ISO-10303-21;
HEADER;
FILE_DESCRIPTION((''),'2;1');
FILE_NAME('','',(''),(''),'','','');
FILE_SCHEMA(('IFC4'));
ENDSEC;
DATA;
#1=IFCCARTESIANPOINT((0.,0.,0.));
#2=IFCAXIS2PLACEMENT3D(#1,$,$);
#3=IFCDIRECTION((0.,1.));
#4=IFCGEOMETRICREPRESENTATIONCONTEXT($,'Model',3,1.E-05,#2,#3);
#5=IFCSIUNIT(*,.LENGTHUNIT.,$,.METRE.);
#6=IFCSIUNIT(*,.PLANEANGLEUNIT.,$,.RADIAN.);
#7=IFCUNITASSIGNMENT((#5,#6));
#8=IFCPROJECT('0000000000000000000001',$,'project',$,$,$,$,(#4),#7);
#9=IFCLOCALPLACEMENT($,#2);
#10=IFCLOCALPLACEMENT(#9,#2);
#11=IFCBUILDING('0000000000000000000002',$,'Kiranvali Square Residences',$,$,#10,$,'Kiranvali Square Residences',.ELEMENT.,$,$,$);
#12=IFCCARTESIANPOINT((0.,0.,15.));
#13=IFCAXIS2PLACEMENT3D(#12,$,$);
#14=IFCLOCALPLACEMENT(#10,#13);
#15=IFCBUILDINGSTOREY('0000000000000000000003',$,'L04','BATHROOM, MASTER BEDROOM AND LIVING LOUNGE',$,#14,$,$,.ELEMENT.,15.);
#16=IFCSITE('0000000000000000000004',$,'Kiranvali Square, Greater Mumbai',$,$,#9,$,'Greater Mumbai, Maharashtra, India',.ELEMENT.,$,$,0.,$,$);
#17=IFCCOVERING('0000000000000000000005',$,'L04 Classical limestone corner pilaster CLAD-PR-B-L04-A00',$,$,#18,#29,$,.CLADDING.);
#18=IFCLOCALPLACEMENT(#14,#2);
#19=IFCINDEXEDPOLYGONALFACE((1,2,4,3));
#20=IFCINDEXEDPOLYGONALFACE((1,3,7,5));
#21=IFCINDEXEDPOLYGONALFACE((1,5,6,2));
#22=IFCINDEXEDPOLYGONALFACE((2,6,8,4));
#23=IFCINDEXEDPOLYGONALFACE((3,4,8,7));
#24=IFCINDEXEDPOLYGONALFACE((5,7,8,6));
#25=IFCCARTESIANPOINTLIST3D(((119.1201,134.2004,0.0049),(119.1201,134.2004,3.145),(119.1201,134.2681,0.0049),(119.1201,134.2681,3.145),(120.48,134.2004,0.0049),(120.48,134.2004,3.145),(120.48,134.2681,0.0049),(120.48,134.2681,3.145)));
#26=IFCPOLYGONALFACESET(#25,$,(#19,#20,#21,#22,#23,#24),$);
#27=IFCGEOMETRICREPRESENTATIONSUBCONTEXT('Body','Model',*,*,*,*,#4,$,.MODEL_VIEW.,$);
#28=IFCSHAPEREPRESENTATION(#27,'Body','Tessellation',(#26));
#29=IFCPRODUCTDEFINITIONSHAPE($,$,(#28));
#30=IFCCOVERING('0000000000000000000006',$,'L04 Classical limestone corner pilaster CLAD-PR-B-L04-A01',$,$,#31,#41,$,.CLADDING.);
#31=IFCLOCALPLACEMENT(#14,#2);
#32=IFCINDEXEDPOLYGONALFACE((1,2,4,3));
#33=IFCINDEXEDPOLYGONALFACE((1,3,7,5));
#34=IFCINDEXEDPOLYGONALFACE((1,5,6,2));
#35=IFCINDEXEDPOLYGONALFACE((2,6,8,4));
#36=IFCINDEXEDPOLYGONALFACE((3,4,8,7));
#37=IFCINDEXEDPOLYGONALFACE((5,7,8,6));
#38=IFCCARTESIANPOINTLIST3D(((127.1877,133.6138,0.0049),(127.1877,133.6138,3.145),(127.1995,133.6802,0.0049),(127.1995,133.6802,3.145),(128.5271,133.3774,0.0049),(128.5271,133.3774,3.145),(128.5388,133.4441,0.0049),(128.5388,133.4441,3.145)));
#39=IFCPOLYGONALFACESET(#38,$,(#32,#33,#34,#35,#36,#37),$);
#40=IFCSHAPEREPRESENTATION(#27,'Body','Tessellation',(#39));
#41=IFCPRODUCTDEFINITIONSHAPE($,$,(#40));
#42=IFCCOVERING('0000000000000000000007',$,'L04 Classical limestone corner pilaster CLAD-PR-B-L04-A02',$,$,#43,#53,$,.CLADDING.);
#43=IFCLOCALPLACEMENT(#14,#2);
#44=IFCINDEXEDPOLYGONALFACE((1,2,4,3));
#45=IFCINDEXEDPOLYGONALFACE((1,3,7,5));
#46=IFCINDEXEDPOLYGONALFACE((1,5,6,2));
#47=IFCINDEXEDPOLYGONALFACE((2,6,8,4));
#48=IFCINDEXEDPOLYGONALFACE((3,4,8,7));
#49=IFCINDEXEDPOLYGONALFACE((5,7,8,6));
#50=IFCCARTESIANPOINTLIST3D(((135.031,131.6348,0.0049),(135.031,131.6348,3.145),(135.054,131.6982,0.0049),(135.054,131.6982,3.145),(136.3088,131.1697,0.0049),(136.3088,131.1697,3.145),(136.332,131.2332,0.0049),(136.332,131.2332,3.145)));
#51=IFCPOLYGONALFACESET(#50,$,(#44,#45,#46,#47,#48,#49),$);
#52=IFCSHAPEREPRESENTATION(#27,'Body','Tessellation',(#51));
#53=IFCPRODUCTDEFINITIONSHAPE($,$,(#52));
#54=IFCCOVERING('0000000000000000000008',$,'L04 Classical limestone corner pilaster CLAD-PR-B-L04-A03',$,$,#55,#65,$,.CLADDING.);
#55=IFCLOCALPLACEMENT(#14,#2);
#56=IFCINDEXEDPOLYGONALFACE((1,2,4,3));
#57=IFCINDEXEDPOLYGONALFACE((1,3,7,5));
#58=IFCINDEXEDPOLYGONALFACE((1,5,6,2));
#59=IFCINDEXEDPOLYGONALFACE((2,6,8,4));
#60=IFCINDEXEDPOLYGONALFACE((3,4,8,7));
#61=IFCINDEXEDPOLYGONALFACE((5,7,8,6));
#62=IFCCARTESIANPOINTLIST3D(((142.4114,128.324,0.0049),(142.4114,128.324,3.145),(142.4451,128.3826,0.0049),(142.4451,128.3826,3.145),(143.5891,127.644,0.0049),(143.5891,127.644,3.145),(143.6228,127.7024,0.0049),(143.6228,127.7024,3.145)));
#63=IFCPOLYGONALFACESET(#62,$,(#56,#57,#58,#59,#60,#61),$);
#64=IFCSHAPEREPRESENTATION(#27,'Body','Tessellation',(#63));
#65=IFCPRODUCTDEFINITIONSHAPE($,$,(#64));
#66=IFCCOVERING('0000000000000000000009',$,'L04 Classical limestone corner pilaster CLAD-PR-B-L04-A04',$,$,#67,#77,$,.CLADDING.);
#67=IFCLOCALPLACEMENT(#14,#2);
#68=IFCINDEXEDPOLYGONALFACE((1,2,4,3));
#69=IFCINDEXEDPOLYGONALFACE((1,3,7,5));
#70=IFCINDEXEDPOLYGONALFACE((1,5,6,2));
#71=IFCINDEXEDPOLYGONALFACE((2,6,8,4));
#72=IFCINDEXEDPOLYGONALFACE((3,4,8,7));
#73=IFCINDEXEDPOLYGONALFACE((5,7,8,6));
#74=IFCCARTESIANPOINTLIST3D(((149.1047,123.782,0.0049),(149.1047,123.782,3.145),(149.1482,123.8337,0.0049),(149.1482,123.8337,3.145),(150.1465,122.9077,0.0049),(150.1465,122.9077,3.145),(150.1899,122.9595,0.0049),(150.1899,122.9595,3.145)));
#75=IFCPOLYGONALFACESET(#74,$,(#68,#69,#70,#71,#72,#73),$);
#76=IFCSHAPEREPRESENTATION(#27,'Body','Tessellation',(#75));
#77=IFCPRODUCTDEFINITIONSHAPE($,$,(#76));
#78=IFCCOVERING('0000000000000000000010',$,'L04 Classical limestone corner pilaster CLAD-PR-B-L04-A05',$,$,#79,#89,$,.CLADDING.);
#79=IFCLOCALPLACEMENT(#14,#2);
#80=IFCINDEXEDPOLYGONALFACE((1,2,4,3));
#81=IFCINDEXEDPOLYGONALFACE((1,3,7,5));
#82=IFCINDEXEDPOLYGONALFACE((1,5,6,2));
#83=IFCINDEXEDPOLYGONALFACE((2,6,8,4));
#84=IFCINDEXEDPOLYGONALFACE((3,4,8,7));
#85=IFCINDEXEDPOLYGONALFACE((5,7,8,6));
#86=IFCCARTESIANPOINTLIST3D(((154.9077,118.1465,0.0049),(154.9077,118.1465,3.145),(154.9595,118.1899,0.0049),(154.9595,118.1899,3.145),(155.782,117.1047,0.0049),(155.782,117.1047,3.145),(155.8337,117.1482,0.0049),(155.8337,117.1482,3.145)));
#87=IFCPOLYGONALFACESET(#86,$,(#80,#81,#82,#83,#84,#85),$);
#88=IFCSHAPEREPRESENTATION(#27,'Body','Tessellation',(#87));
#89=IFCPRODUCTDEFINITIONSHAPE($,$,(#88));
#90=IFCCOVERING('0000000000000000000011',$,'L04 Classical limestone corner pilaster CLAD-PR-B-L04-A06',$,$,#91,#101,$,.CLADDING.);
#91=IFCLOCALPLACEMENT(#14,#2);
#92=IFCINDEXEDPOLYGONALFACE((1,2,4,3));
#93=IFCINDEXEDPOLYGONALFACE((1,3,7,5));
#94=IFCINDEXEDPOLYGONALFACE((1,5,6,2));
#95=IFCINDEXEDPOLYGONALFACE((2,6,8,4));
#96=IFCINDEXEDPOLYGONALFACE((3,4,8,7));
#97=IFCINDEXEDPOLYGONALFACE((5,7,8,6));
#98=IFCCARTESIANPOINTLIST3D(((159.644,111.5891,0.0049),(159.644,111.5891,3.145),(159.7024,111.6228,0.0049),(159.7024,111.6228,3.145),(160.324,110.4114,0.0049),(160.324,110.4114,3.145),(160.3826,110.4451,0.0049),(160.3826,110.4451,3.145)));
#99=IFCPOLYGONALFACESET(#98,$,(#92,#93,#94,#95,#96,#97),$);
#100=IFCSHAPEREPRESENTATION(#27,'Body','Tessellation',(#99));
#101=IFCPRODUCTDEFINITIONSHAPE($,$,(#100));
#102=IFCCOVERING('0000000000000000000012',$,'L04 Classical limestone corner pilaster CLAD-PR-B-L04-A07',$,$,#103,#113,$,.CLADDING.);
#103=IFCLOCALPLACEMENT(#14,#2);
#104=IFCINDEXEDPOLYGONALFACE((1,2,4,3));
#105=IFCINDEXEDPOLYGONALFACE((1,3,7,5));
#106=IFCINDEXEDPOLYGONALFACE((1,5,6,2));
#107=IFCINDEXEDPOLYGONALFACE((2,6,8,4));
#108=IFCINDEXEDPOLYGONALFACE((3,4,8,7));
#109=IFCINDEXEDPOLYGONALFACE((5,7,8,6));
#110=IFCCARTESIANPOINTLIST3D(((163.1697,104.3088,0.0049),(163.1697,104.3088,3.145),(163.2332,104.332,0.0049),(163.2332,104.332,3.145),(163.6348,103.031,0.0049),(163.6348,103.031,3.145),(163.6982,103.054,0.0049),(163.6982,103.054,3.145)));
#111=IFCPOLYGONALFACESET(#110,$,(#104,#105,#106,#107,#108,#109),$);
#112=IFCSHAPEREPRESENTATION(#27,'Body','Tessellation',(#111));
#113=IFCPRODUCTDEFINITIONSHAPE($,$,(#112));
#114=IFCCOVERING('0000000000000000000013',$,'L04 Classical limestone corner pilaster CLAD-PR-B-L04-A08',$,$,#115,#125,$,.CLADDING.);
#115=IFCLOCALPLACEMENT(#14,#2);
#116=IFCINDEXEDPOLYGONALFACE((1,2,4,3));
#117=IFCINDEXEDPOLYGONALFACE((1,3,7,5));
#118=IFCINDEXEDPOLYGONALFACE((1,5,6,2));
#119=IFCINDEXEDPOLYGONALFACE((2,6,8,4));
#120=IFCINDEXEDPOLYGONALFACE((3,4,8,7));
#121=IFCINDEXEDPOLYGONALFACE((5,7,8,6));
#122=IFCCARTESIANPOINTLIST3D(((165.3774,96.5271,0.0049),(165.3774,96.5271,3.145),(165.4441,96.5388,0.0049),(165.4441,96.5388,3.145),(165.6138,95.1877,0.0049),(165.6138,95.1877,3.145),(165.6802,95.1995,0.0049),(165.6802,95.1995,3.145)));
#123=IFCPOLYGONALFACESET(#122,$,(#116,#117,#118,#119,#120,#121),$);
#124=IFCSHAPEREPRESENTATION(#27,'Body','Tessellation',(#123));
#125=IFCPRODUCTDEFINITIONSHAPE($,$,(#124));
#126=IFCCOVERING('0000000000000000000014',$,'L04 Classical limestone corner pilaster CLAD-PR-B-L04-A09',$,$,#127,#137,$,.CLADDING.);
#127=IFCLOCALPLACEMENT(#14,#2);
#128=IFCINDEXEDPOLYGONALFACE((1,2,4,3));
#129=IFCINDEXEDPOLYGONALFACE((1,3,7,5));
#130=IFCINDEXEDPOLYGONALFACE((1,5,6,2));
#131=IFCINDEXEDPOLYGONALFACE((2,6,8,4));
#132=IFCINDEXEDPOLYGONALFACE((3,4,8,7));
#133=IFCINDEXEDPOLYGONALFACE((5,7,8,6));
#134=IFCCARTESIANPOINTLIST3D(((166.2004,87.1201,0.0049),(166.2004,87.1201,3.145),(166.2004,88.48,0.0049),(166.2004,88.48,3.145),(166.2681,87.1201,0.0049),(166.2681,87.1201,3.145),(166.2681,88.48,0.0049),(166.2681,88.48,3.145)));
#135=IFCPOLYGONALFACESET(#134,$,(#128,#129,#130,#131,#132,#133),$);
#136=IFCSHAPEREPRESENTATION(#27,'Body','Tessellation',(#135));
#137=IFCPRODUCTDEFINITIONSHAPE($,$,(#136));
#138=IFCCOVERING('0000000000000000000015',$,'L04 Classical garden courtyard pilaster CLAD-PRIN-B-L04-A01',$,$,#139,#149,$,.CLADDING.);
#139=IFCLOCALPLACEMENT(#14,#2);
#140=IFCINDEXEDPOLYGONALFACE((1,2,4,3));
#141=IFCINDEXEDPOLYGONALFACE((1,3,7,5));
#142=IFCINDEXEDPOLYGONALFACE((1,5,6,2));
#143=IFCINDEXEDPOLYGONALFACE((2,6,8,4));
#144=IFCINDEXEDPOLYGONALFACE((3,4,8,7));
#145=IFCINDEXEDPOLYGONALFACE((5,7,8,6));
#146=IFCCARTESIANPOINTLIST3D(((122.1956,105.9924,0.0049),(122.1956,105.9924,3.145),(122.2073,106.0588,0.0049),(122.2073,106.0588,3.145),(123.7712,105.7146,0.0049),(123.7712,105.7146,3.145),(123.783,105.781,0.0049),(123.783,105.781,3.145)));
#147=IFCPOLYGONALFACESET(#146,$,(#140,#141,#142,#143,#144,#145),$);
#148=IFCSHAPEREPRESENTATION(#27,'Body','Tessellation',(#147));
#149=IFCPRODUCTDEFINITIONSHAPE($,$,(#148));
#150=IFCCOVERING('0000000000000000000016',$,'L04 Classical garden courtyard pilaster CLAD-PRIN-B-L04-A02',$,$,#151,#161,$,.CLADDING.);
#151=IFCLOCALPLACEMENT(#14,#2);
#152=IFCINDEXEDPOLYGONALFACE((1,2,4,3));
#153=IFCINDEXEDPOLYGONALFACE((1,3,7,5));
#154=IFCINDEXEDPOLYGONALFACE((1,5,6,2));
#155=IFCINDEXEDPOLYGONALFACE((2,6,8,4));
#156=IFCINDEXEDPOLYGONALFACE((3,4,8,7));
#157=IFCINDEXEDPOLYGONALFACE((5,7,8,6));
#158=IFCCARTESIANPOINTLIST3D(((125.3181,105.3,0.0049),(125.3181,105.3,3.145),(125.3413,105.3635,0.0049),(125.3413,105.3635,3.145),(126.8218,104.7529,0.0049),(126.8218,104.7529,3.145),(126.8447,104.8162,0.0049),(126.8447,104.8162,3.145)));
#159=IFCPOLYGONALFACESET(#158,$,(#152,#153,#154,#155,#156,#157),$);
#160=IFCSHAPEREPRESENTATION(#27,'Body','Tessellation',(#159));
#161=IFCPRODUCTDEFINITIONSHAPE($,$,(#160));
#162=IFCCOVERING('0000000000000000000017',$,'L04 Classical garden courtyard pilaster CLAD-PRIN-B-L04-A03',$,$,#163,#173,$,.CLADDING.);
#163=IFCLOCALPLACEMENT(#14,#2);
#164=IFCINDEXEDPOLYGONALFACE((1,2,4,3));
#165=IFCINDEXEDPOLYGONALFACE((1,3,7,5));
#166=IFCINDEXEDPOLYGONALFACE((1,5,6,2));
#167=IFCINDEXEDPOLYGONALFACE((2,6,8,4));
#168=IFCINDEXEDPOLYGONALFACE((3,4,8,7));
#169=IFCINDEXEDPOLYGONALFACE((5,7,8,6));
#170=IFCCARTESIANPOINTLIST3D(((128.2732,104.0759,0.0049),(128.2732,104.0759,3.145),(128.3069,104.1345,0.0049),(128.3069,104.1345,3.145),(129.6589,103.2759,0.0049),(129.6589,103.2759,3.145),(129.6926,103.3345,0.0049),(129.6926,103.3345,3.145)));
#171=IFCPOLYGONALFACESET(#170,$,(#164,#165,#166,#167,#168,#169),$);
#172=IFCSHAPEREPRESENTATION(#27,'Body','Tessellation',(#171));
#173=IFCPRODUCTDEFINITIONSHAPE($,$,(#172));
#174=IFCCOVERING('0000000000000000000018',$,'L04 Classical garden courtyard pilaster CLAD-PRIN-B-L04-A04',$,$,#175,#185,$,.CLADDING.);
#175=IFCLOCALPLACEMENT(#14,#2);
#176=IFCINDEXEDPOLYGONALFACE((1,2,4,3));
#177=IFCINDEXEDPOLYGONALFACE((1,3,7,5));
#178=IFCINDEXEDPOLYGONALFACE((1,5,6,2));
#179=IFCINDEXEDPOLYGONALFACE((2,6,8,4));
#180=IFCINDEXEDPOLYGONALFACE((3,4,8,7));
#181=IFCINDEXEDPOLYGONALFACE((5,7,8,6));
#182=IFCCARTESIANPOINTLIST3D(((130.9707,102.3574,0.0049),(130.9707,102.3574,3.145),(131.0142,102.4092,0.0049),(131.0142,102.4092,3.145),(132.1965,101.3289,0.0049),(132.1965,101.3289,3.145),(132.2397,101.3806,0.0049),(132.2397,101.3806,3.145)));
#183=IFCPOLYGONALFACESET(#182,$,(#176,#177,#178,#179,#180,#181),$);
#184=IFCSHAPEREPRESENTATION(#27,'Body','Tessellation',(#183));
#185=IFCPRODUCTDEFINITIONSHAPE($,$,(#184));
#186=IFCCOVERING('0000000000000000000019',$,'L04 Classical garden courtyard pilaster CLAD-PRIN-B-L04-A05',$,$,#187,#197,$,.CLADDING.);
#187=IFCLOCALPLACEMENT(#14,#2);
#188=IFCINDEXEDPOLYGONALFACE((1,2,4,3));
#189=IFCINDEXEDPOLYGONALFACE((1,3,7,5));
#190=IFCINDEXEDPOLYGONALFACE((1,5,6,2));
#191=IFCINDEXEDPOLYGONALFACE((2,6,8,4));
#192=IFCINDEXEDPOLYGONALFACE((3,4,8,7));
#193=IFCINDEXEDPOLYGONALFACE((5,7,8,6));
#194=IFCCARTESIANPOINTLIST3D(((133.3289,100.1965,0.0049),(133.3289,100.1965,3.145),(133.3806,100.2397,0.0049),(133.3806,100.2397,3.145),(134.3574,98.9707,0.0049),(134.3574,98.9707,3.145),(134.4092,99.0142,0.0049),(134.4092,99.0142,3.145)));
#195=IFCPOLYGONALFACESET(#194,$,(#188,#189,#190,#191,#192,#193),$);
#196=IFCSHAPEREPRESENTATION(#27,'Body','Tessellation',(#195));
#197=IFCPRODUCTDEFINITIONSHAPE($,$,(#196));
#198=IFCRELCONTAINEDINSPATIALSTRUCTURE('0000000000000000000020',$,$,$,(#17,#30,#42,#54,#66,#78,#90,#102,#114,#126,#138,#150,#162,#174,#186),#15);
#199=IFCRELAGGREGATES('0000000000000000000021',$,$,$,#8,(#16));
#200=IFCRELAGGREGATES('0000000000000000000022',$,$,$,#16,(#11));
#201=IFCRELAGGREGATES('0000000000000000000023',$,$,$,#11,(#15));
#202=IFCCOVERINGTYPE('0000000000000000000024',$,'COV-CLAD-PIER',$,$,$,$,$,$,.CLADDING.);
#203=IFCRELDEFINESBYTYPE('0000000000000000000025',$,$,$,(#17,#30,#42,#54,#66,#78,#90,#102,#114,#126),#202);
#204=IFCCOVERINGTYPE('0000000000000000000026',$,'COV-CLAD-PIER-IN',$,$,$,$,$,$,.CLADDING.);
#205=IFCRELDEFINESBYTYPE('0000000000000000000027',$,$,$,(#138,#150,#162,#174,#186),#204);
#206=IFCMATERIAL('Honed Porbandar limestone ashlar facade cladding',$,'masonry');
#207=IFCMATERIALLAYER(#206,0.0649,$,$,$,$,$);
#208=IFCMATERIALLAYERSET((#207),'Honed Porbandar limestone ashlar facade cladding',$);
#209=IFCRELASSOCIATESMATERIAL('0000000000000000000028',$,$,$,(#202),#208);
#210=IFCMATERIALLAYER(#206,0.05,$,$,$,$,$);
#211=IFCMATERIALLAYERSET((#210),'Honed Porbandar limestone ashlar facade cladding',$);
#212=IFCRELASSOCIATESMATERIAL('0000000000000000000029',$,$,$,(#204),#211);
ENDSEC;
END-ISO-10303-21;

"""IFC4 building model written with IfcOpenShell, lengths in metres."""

from ifc_helpers import new_model, si_unit, direction, frame, origin, place, context, subcontext, project, spatial, polyline, outline, extrude, material, layer, layer_set, type_object, element, save


model = new_model("IFC4")

# Units and contexts
model_context = context("Model", 3, precision=1e-05, world=origin(), true_north=direction((0.0, 1.0)))
body_context = subcontext(model_context, "Body", "Model", "MODEL_VIEW")
ifc_project = project(units=[si_unit("LENGTHUNIT", "METRE"), si_unit("PLANEANGLEUNIT", "RADIAN")], contexts=[model_context])

# Site, building, storey
site_placement = place(None, origin())
site = spatial("IfcSite", under=ifc_project, at=site_placement, Name="Kiranvali Square, Greater Mumbai", LongName="Greater Mumbai, Maharashtra, India", CompositionType="ELEMENT", RefElevation=0.0)
building_placement = place(site_placement, origin())
building = spatial("IfcBuilding", under=site, at=building_placement, Name="Kiranvali Square Residences", LongName="Kiranvali Square Residences", CompositionType="ELEMENT")
storey_placement = place(building_placement, frame((0.0, 0.0, 15.0)))
storey = spatial("IfcBuildingStorey", under=building, at=storey_placement, Name="L04", Description="BATHROOM, MASTER BEDROOM AND LIVING LOUNGE", CompositionType="ELEMENT", Elevation=15.0)

# Coverings
ifc_material = material(Name="Honed Porbandar limestone ashlar facade cladding", Category="masonry")
ifc_layer_1 = layer(ifc_material, 0.0649)
ifc_layer_set_1 = layer_set([ifc_layer_1], Name="Honed Porbandar limestone ashlar facade cladding")
covering_type_1 = type_object("IfcCoveringType", Name="COV-CLAD-PIER", PredefinedType="CLADDING", material=ifc_layer_set_1)
covering_1_placement = place(storey_placement, frame((0.0, 0.0, 0.0049)))
element("IfcCovering", 1, at=covering_1_placement, inside=storey, type_object=covering_type_1, Name="L04 Classical limestone corner pilaster CLAD-PR-B-L04-A00", PredefinedType="CLADDING", context=body_context, shape_type="SweptSolid", body=[
    extrude(outline(polyline([(120.48, 134.2681), (119.1201, 134.2681), (119.1201, 134.2004), (120.48, 134.2004), (120.48, 134.2681)])), origin(), (0.0, 0.0, 1.0), 3.1401),
])
covering_2_placement = place(storey_placement, frame((0.0, 0.0, 0.0049)))
element("IfcCovering", 2, at=covering_2_placement, inside=storey, type_object=covering_type_1, Name="L04 Classical limestone corner pilaster CLAD-PR-B-L04-A01", PredefinedType="CLADDING", context=body_context, shape_type="SweptSolid", body=[
    extrude(outline(polyline([(128.5388, 133.4441), (127.1995, 133.6802), (127.1877, 133.6138), (128.5271, 133.3774), (128.5388, 133.4441)])), origin(), (0.0, 0.0, 1.0), 3.1401),
])
covering_3_placement = place(storey_placement, frame((0.0, 0.0, 0.0049)))
element("IfcCovering", 3, at=covering_3_placement, inside=storey, type_object=covering_type_1, Name="L04 Classical limestone corner pilaster CLAD-PR-B-L04-A02", PredefinedType="CLADDING", context=body_context, shape_type="SweptSolid", body=[
    extrude(outline(polyline([(136.332, 131.2332), (135.054, 131.6982), (135.031, 131.6348), (136.3088, 131.1697), (136.332, 131.2332)])), origin(), (0.0, 0.0, 1.0), 3.1401),
])
covering_4_placement = place(storey_placement, frame((0.0, 0.0, 0.0049)))
element("IfcCovering", 4, at=covering_4_placement, inside=storey, type_object=covering_type_1, Name="L04 Classical limestone corner pilaster CLAD-PR-B-L04-A03", PredefinedType="CLADDING", context=body_context, shape_type="SweptSolid", body=[
    extrude(outline(polyline([(143.6228, 127.7024), (142.4451, 128.3826), (142.4114, 128.324), (143.5891, 127.644), (143.6228, 127.7024)])), origin(), (0.0, 0.0, 1.0), 3.1401),
])
covering_5_placement = place(storey_placement, frame((0.0, 0.0, 0.0049)))
element("IfcCovering", 5, at=covering_5_placement, inside=storey, type_object=covering_type_1, Name="L04 Classical limestone corner pilaster CLAD-PR-B-L04-A04", PredefinedType="CLADDING", context=body_context, shape_type="SweptSolid", body=[
    extrude(outline(polyline([(150.1899, 122.9595), (149.1482, 123.8337), (149.1047, 123.782), (150.1465, 122.9077), (150.1899, 122.9595)])), origin(), (0.0, 0.0, 1.0), 3.1401),
])
covering_6_placement = place(storey_placement, frame((0.0, 0.0, 0.0049)))
element("IfcCovering", 6, at=covering_6_placement, inside=storey, type_object=covering_type_1, Name="L04 Classical limestone corner pilaster CLAD-PR-B-L04-A05", PredefinedType="CLADDING", context=body_context, shape_type="SweptSolid", body=[
    extrude(outline(polyline([(155.8337, 117.1482), (154.9595, 118.1899), (154.9077, 118.1465), (155.782, 117.1047), (155.8337, 117.1482)])), origin(), (0.0, 0.0, 1.0), 3.1401),
])
covering_7_placement = place(storey_placement, frame((0.0, 0.0, 0.0049)))
element("IfcCovering", 7, at=covering_7_placement, inside=storey, type_object=covering_type_1, Name="L04 Classical limestone corner pilaster CLAD-PR-B-L04-A06", PredefinedType="CLADDING", context=body_context, shape_type="SweptSolid", body=[
    extrude(outline(polyline([(160.3826, 110.4451), (159.7024, 111.6228), (159.644, 111.5891), (160.324, 110.4114), (160.3826, 110.4451)])), origin(), (0.0, 0.0, 1.0), 3.1401),
])
covering_8_placement = place(storey_placement, frame((0.0, 0.0, 0.0049)))
element("IfcCovering", 8, at=covering_8_placement, inside=storey, type_object=covering_type_1, Name="L04 Classical limestone corner pilaster CLAD-PR-B-L04-A07", PredefinedType="CLADDING", context=body_context, shape_type="SweptSolid", body=[
    extrude(outline(polyline([(163.6982, 103.054), (163.2332, 104.332), (163.1697, 104.3088), (163.6348, 103.031), (163.6982, 103.054)])), origin(), (0.0, 0.0, 1.0), 3.1401),
])
covering_9_placement = place(storey_placement, frame((0.0, 0.0, 0.0049)))
element("IfcCovering", 9, at=covering_9_placement, inside=storey, type_object=covering_type_1, Name="L04 Classical limestone corner pilaster CLAD-PR-B-L04-A08", PredefinedType="CLADDING", context=body_context, shape_type="SweptSolid", body=[
    extrude(outline(polyline([(165.6802, 95.1995), (165.4441, 96.5388), (165.3774, 96.5271), (165.6138, 95.1877), (165.6802, 95.1995)])), origin(), (0.0, 0.0, 1.0), 3.1401),
])
covering_10_placement = place(storey_placement, frame((0.0, 0.0, 0.0049)))
element("IfcCovering", 10, at=covering_10_placement, inside=storey, type_object=covering_type_1, Name="L04 Classical limestone corner pilaster CLAD-PR-B-L04-A09", PredefinedType="CLADDING", context=body_context, shape_type="SweptSolid", body=[
    extrude(outline(polyline([(166.2681, 87.1201), (166.2681, 88.48), (166.2004, 88.48), (166.2004, 87.1201), (166.2681, 87.1201)])), origin(), (0.0, 0.0, 1.0), 3.1401),
])
ifc_layer_2 = layer(ifc_material, 0.05)
ifc_layer_set_2 = layer_set([ifc_layer_2], Name="Honed Porbandar limestone ashlar facade cladding")
covering_type_2 = type_object("IfcCoveringType", Name="COV-CLAD-PIER-IN", PredefinedType="CLADDING", material=ifc_layer_set_2)
covering_11_placement = place(storey_placement, frame((0.0, 0.0, 0.0049)))
element("IfcCovering", 11, at=covering_11_placement, inside=storey, type_object=covering_type_2, Name="L04 Classical garden courtyard pilaster CLAD-PRIN-B-L04-A01", PredefinedType="CLADDING", context=body_context, shape_type="SweptSolid", body=[
    extrude(outline(polyline([(122.1956, 105.9924), (123.7712, 105.7146), (123.783, 105.781), (122.2073, 106.0588), (122.1956, 105.9924)])), origin(), (0.0, 0.0, 1.0), 3.1401),
])
covering_12_placement = place(storey_placement, frame((0.0, 0.0, 0.0049)))
element("IfcCovering", 12, at=covering_12_placement, inside=storey, type_object=covering_type_2, Name="L04 Classical garden courtyard pilaster CLAD-PRIN-B-L04-A02", PredefinedType="CLADDING", context=body_context, shape_type="SweptSolid", body=[
    extrude(outline(polyline([(125.3181, 105.3), (126.8218, 104.7529), (126.8447, 104.8162), (125.3413, 105.3635), (125.3181, 105.3)])), origin(), (0.0, 0.0, 1.0), 3.1401),
])
covering_13_placement = place(storey_placement, frame((0.0, 0.0, 0.0049)))
element("IfcCovering", 13, at=covering_13_placement, inside=storey, type_object=covering_type_2, Name="L04 Classical garden courtyard pilaster CLAD-PRIN-B-L04-A03", PredefinedType="CLADDING", context=body_context, shape_type="SweptSolid", body=[
    extrude(outline(polyline([(128.2732, 104.0759), (129.6589, 103.2759), (129.6926, 103.3345), (128.3069, 104.1345), (128.2732, 104.0759)])), origin(), (0.0, 0.0, 1.0), 3.1401),
])
covering_14_placement = place(storey_placement, frame((0.0, 0.0, 0.0049)))
element("IfcCovering", 14, at=covering_14_placement, inside=storey, type_object=covering_type_2, Name="L04 Classical garden courtyard pilaster CLAD-PRIN-B-L04-A04", PredefinedType="CLADDING", context=body_context, shape_type="SweptSolid", body=[
    extrude(outline(polyline([(130.9707, 102.3574), (132.1965, 101.3289), (132.2397, 101.3806), (131.0142, 102.4092), (130.9707, 102.3574)])), origin(), (0.0, 0.0, 1.0), 3.1401),
])
covering_15_placement = place(storey_placement, frame((0.0, 0.0, 0.0049)))
element("IfcCovering", 15, at=covering_15_placement, inside=storey, type_object=covering_type_2, Name="L04 Classical garden courtyard pilaster CLAD-PRIN-B-L04-A05", PredefinedType="CLADDING", context=body_context, shape_type="SweptSolid", body=[
    extrude(outline(polyline([(133.3289, 100.1965), (134.3574, 98.9707), (134.4092, 99.0142), (133.3806, 100.2397), (133.3289, 100.1965)])), origin(), (0.0, 0.0, 1.0), 3.1401),
])

save(model, "model.ifc")
